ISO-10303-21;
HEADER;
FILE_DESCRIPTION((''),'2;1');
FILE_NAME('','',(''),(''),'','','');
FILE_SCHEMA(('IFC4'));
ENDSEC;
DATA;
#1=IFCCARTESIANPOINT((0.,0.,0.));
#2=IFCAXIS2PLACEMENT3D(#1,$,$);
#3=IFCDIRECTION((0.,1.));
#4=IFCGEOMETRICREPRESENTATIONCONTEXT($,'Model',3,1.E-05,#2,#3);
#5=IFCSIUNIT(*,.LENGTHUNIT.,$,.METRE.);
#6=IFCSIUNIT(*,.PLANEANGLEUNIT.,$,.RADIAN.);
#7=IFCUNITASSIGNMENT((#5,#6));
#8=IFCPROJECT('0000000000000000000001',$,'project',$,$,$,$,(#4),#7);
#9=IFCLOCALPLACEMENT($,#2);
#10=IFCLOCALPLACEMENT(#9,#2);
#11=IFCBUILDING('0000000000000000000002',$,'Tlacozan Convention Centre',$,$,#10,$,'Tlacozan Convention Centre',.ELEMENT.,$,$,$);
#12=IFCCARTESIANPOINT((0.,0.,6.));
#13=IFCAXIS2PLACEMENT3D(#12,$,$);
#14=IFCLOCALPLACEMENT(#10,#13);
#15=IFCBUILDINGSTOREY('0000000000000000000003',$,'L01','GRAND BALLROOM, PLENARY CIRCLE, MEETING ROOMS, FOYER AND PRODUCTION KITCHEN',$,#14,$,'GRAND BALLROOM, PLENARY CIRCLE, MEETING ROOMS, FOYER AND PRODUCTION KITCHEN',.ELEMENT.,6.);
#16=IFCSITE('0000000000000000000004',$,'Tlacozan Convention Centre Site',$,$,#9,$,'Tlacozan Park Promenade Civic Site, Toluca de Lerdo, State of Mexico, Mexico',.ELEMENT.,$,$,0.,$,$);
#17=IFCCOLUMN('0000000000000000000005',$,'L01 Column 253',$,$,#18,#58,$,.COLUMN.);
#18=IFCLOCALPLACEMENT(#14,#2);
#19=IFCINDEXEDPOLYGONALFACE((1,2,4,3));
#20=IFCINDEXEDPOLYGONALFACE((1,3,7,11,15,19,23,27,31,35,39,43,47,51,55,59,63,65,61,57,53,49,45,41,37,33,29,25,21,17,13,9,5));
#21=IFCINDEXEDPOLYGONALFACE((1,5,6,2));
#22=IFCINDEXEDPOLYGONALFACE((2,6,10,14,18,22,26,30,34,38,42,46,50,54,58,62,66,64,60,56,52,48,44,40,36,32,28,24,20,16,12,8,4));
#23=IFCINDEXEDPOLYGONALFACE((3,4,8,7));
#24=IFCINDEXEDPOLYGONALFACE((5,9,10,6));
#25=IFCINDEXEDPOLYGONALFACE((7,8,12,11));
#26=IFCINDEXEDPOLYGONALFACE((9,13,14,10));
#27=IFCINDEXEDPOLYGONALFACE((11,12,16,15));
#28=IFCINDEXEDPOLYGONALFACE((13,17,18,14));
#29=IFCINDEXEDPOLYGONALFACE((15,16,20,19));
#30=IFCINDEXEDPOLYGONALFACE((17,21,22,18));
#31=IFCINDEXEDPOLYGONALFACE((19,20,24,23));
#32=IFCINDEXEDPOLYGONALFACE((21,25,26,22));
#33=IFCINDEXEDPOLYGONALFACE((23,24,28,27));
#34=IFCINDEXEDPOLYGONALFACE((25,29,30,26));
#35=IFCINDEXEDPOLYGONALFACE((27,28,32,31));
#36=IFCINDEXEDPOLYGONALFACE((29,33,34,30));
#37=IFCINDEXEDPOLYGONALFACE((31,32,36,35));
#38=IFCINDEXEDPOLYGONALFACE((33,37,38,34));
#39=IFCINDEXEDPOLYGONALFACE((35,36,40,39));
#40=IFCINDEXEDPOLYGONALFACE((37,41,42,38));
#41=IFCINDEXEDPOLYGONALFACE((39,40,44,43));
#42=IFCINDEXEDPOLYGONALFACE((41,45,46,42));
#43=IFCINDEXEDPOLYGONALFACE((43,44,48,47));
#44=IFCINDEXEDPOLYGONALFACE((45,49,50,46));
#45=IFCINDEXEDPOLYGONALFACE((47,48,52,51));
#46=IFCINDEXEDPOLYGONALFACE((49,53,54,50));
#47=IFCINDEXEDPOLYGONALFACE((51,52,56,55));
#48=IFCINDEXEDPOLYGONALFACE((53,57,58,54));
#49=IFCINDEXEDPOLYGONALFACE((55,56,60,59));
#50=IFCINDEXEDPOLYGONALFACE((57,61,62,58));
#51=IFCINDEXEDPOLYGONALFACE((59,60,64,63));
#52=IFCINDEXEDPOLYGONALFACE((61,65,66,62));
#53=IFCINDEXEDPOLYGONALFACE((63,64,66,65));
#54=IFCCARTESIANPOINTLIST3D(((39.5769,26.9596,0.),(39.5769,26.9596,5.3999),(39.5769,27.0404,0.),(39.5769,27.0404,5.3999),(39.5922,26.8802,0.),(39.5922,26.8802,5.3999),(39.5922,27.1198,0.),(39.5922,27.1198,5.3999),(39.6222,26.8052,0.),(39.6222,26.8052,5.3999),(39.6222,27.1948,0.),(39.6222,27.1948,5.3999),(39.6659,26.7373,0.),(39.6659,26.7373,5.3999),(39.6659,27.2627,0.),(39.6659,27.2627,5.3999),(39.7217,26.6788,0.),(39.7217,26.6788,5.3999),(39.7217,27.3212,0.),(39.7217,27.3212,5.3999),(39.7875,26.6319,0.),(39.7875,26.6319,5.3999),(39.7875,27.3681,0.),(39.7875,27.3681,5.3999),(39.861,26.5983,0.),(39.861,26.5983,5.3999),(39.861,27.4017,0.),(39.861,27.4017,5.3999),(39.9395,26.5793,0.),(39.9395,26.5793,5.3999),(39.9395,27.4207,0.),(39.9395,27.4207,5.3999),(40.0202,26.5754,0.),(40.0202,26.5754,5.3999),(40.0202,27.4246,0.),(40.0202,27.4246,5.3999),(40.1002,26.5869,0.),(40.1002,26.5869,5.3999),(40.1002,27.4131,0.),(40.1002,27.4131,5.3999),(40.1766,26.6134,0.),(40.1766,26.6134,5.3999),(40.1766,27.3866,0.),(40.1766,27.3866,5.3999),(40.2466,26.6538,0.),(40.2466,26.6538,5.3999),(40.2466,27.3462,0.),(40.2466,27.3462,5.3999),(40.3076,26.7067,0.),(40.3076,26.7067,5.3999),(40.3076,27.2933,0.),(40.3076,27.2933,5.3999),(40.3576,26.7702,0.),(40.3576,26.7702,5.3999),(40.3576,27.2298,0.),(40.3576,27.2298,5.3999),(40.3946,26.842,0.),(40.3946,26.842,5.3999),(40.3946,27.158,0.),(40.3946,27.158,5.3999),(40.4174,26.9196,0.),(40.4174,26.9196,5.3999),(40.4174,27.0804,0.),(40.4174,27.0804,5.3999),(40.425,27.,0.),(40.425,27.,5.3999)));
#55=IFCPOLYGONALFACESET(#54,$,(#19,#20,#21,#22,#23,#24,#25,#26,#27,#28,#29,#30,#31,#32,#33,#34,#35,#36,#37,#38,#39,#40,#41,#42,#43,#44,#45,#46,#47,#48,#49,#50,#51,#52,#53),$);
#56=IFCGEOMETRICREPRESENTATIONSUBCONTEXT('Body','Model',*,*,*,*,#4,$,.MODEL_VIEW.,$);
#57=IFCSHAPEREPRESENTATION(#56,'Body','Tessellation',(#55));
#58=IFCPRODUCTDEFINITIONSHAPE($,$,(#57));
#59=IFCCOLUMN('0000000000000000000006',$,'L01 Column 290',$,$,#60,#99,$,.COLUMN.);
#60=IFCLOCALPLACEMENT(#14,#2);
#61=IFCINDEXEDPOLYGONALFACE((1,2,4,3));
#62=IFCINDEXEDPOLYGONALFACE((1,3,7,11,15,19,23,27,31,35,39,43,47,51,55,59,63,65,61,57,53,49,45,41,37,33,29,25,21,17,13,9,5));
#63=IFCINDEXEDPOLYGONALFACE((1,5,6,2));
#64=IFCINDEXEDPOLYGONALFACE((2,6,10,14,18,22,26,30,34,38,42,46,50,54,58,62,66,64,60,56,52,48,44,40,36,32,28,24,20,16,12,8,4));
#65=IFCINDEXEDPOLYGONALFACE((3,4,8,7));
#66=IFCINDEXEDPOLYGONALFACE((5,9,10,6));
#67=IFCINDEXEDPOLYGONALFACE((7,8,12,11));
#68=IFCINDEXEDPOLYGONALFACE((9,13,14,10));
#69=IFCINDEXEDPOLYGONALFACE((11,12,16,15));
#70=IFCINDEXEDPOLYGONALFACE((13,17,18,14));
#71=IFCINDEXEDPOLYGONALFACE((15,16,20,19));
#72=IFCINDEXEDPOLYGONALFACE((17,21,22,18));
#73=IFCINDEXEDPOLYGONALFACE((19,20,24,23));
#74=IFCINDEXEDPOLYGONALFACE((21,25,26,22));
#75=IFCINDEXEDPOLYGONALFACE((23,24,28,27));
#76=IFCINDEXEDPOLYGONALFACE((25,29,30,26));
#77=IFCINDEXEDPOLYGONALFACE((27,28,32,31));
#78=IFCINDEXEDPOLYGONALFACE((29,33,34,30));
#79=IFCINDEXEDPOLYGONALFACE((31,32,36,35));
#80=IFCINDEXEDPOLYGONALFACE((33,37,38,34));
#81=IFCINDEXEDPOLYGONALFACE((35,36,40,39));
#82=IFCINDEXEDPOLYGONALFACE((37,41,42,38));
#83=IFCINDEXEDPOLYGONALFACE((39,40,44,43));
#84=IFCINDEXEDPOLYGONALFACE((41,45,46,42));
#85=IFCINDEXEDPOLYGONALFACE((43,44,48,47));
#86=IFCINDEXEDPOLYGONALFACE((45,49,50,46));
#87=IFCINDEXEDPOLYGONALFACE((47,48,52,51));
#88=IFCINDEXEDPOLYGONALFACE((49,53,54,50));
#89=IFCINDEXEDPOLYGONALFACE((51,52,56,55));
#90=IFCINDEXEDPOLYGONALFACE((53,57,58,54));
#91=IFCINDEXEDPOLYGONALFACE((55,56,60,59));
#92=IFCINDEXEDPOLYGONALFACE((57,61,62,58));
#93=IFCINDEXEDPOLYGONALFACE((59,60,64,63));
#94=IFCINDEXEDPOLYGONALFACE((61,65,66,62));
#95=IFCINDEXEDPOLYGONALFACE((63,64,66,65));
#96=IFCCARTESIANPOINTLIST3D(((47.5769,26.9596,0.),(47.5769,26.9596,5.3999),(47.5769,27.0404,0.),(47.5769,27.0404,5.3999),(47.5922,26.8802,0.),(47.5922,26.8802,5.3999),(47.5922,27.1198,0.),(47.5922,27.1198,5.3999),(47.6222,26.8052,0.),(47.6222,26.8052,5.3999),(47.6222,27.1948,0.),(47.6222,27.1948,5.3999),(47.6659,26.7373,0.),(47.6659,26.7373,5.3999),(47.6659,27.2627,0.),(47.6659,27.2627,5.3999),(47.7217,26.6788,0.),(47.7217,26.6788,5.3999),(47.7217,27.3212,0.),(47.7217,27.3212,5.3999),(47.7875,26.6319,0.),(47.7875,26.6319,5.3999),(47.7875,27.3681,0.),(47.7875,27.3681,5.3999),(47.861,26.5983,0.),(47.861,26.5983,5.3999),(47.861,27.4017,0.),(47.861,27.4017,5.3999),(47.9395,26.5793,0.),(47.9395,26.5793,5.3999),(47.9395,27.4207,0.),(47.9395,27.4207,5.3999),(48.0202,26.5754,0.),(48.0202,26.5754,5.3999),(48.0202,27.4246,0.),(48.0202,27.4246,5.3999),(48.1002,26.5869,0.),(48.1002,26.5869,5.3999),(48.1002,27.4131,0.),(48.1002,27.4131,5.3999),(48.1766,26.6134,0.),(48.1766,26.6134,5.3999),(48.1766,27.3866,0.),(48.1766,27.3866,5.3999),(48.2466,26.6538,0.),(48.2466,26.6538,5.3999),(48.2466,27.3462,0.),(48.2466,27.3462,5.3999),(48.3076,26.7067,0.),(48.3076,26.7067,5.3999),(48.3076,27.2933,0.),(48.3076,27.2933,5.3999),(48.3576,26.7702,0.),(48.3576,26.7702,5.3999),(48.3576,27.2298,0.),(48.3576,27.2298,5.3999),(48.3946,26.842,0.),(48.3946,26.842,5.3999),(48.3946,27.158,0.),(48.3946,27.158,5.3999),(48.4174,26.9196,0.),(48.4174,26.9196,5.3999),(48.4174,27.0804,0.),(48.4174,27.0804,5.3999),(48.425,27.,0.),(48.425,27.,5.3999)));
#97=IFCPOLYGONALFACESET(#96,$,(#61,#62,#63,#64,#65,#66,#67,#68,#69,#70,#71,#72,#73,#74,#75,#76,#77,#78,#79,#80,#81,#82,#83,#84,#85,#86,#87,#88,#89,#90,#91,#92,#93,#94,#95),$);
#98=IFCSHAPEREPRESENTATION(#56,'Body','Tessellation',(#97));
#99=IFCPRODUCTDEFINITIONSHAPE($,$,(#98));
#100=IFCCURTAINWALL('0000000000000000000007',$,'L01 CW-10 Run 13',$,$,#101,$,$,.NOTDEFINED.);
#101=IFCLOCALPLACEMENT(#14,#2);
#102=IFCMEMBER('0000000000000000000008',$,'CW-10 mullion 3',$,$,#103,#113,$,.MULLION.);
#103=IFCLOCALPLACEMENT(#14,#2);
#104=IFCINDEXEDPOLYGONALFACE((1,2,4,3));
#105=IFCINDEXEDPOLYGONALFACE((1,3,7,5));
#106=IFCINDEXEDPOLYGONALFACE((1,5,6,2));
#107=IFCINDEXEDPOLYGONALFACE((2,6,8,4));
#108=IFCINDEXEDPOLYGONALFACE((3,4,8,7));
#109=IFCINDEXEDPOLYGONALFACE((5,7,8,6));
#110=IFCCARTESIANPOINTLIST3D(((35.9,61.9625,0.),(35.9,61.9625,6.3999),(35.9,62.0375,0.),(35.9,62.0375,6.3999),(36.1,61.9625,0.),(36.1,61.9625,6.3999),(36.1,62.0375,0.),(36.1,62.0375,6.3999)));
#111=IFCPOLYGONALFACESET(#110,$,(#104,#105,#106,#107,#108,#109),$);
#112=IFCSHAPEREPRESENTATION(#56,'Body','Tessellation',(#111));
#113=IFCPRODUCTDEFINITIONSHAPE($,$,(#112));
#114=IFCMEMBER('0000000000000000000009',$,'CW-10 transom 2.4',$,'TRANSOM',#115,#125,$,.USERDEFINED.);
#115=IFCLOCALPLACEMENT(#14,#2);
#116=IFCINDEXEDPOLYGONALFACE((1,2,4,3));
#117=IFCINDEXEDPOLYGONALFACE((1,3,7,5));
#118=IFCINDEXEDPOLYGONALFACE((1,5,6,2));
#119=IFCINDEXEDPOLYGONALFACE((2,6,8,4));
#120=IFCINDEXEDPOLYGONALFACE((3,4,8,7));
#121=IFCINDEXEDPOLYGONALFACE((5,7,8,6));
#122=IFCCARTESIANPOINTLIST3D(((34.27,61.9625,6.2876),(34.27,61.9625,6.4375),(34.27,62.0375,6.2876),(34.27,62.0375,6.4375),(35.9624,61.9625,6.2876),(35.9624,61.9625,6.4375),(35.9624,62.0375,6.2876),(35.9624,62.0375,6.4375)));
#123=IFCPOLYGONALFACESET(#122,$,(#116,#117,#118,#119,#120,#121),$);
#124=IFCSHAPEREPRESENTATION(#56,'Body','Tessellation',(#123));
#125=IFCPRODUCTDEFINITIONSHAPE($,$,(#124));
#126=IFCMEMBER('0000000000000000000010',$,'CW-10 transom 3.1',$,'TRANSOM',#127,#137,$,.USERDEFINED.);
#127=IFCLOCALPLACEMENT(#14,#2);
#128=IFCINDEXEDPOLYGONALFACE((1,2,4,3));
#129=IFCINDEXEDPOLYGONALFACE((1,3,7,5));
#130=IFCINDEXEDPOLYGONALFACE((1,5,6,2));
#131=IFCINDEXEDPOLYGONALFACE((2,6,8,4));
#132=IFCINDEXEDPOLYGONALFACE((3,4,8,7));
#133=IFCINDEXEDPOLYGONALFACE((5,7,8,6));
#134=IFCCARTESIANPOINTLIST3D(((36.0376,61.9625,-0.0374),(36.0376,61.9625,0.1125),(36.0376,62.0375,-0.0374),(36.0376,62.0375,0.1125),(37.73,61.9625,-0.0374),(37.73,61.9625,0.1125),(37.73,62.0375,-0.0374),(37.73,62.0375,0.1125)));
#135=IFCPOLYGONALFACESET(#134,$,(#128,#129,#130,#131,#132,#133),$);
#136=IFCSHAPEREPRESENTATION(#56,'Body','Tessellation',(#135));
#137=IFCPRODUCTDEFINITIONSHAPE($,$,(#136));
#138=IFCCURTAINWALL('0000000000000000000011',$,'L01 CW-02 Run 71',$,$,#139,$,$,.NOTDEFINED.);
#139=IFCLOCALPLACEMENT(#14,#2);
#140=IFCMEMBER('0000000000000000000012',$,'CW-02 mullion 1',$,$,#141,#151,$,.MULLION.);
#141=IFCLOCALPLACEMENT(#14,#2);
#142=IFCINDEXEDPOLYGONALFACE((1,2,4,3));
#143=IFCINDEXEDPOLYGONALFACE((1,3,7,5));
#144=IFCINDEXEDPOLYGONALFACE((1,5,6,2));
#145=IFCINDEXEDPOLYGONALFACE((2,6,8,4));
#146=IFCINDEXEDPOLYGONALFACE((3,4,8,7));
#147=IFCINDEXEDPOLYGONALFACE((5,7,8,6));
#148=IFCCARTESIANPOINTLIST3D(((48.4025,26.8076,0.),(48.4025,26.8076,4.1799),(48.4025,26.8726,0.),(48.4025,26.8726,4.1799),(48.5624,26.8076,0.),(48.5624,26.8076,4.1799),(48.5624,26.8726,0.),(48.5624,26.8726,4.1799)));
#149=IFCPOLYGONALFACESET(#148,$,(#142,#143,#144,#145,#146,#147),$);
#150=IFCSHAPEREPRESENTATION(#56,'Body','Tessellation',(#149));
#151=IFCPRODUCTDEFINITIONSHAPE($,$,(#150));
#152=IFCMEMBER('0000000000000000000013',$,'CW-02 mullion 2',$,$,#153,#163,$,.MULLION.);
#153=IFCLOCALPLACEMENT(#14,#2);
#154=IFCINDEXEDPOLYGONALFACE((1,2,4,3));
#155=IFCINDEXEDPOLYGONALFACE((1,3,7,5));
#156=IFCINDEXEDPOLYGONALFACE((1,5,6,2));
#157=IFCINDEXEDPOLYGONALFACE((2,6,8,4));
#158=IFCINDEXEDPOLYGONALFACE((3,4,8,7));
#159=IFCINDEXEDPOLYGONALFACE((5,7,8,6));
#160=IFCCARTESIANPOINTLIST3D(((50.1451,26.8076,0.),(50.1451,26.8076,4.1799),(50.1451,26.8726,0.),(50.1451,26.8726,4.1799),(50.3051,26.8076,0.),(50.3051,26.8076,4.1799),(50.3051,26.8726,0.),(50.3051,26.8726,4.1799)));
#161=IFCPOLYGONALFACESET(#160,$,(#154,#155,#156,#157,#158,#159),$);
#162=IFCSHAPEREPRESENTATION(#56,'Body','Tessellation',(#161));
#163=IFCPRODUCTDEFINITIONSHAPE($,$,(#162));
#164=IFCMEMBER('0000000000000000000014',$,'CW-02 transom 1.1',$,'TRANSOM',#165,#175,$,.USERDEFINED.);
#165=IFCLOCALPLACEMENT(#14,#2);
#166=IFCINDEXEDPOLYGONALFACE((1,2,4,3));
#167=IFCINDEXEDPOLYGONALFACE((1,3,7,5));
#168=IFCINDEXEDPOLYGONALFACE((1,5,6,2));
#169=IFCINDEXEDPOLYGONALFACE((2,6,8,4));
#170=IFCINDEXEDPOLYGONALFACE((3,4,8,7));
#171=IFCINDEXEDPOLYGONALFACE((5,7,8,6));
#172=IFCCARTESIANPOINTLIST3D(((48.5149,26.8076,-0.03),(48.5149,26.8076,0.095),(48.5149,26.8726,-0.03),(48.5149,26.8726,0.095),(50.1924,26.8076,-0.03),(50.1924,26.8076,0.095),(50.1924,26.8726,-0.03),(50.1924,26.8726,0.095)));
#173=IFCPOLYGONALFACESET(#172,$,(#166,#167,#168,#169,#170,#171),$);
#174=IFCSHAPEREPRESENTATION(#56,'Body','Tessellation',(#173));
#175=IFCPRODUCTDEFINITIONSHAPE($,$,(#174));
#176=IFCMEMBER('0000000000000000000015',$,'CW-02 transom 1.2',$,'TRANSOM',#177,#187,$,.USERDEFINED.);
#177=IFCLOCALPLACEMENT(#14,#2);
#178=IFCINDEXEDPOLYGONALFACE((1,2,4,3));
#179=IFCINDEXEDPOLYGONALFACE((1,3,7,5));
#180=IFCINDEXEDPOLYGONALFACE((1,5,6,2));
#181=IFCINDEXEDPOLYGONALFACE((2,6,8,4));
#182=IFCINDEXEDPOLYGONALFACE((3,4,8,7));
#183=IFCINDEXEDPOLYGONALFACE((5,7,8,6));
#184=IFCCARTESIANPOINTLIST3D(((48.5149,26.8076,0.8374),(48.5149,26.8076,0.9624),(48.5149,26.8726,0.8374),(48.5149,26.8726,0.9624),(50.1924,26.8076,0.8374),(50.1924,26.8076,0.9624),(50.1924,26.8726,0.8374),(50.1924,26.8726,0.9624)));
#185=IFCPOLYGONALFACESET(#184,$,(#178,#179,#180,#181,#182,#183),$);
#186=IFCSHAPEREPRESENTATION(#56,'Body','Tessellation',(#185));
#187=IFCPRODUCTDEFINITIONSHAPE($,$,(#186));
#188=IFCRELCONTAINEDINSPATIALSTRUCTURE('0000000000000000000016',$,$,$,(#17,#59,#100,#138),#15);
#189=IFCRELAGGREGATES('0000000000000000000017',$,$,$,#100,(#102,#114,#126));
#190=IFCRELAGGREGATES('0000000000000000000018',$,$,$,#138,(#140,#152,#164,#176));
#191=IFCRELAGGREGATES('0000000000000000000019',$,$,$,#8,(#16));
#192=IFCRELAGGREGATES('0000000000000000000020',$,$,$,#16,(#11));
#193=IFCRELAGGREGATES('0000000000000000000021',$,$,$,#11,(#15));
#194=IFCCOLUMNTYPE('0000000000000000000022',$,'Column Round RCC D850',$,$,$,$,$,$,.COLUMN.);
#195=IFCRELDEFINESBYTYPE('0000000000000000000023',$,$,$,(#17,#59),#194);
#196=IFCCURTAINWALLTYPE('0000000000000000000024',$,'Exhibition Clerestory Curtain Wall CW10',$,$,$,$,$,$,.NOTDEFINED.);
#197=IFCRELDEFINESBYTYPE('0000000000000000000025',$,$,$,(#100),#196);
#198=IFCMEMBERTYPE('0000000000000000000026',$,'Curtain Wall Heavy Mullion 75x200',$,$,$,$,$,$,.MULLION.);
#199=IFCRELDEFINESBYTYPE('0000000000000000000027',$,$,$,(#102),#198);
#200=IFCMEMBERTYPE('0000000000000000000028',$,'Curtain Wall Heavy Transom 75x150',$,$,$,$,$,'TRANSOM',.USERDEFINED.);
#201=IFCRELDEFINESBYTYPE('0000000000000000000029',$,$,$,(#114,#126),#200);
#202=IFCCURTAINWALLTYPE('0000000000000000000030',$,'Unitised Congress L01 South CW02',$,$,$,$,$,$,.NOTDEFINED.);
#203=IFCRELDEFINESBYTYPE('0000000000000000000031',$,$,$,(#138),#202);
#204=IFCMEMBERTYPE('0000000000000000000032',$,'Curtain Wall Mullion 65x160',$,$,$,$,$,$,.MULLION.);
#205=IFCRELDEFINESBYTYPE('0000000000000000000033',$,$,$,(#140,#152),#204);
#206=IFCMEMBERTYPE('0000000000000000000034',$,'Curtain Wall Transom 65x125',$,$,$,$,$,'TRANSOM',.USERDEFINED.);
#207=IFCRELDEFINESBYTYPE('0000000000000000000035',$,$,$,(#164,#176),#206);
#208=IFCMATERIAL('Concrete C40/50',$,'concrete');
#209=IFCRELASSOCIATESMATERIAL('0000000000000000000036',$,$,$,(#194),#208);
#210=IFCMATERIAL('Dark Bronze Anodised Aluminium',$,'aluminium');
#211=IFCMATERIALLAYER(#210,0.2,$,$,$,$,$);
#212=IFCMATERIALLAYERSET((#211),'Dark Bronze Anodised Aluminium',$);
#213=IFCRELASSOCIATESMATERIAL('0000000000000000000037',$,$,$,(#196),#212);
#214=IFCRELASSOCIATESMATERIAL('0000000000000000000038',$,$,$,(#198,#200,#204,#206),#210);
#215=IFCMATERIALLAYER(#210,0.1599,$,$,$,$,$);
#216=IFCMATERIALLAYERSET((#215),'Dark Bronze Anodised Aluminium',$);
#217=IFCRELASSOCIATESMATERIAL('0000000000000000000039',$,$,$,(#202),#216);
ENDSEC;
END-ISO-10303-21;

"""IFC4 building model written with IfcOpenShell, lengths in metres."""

from ifc_helpers import new_model, si_unit, direction, frame, origin, origin_2d, place, context, subcontext, project, spatial, rectangle, circle, extrude, material, layer, layer_set, material_profile, profile_set, type_object, element, aggregate, save


model = new_model("IFC4")

# Units and contexts
model_context = context("Model", 3, precision=1e-05, world=origin(), true_north=direction((0.0, 1.0)))
body_context = subcontext(model_context, "Body", "Model", "MODEL_VIEW")
ifc_project = project(units=[si_unit("LENGTHUNIT", "METRE"), si_unit("PLANEANGLEUNIT", "RADIAN")], contexts=[model_context])

# Site, building, storey
site_placement = place(None, origin())
site = spatial("IfcSite", under=ifc_project, at=site_placement, Name="Tlacozan Convention Centre Site", LongName="Tlacozan Park Promenade Civic Site, Toluca de Lerdo, State of Mexico, Mexico", CompositionType="ELEMENT", RefElevation=0.0)
building_placement = place(site_placement, origin())
building = spatial("IfcBuilding", under=site, at=building_placement, Name="Tlacozan Convention Centre", LongName="Tlacozan Convention Centre", CompositionType="ELEMENT")
storey_placement = place(building_placement, frame((0.0, 0.0, 6.0)))
storey = spatial("IfcBuildingStorey", under=building, at=storey_placement, Name="L01", Description="GRAND BALLROOM, PLENARY CIRCLE, MEETING ROOMS, FOYER AND PRODUCTION KITCHEN", LongName="GRAND BALLROOM, PLENARY CIRCLE, MEETING ROOMS, FOYER AND PRODUCTION KITCHEN", CompositionType="ELEMENT", Elevation=6.0)

# Columns
ifc_material_1 = material(Name="Concrete C40/50", Category="concrete")
ifc_material_profile_1 = material_profile(ifc_material_1, circle(Radius=0.425, at=origin_2d()), Name="RCC D850")
ifc_profile_set_1 = profile_set([ifc_material_profile_1], Name="Concrete C40/50")
column_type = type_object("IfcColumnType", Name="Column Round RCC D850", PredefinedType="COLUMN", material=ifc_profile_set_1)
for number, where, z_axis, x_axis, name in (
    (1, (40.0, 27.0, 0.0), (0.0, 0.0, 1.0), (1.0, 0.0, 0.0), "L01 Column 253"),
    (2, (48.0, 27.0, 0.0), (0.0, 0.0, 1.0), (1.0, 0.0, 0.0), "L01 Column 290"),
):
    element("IfcColumn", number, at=place(storey_placement, frame(where, z_axis=z_axis, x_axis=x_axis)), inside=storey, type_object=column_type, Name=name, PredefinedType="COLUMN", context=body_context, shape_type="SweptSolid", body=[
        extrude(circle(Radius=0.425, at=origin_2d()), origin(), (0.0, 0.0, 1.0), 5.3999),
    ])

# Curtain walls, members
ifc_material_2 = material(Name="Dark Bronze Anodised Aluminium", Category="aluminium")
ifc_layer_1 = layer(ifc_material_2, 0.2)
ifc_layer_set_1 = layer_set([ifc_layer_1], Name="Dark Bronze Anodised Aluminium")
curtain_wall_type_1 = type_object("IfcCurtainWallType", Name="Exhibition Clerestory Curtain Wall CW10", PredefinedType="NOTDEFINED", material=ifc_layer_set_1)
curtain_wall_1_placement = place(storey_placement, origin())
curtain_wall_1 = element("IfcCurtainWall", 3, at=curtain_wall_1_placement, inside=storey, type_object=curtain_wall_type_1, Name="L01 CW-10 Run 13", PredefinedType="NOTDEFINED")
ifc_material_profile_2 = material_profile(ifc_material_2, rectangle(XDim=0.075, YDim=0.2, at=origin_2d()), Name="ALU 75x200")
ifc_profile_set_2 = profile_set([ifc_material_profile_2], Name="Dark Bronze Anodised Aluminium")
member_type_1 = type_object("IfcMemberType", Name="Curtain Wall Heavy Mullion 75x200", PredefinedType="MULLION", material=ifc_profile_set_2)
member_1_placement = place(storey_placement, frame((36.0, 62.0, 0.0), z_axis=(0.0, 0.0, 1.0), x_axis=(0.0, 1.0, 0.0)))
member_1 = element("IfcMember", 4, at=member_1_placement, type_object=member_type_1, Name="CW-10 mullion 3", PredefinedType="MULLION", context=body_context, shape_type="SweptSolid", body=[
    extrude(rectangle(XDim=0.075, YDim=0.2, at=origin_2d()), origin(), (0.0, 0.0, 1.0), 6.3999),
])
ifc_material_profile_3 = material_profile(ifc_material_2, rectangle(XDim=0.075, YDim=0.1499, at=origin_2d()), Name="ALU 75x150")
ifc_profile_set_3 = profile_set([ifc_material_profile_3], Name="Dark Bronze Anodised Aluminium")
member_type_2 = type_object("IfcMemberType", Name="Curtain Wall Heavy Transom 75x150", ElementType="TRANSOM", PredefinedType="USERDEFINED", material=ifc_profile_set_3)
member_2_placement = place(storey_placement, frame((34.27, 62.0, 6.3625), z_axis=(1.0, 0.0, 0.0), x_axis=(0.0, 1.0, 0.0)))
member_2 = element("IfcMember", 5, at=member_2_placement, type_object=member_type_2, Name="CW-10 transom 2.4", ObjectType="TRANSOM", PredefinedType="USERDEFINED", context=body_context, shape_type="SweptSolid", body=[
    extrude(rectangle(XDim=0.075, YDim=0.1499, at=origin_2d()), origin(), (0.0, 0.0, 1.0), 1.6924),
])
member_3_placement = place(storey_placement, frame((36.0376, 62.0, 0.0376), z_axis=(1.0, 0.0, 0.0), x_axis=(0.0, 1.0, 0.0)))
member_3 = element("IfcMember", 6, at=member_3_placement, type_object=member_type_2, Name="CW-10 transom 3.1", ObjectType="TRANSOM", PredefinedType="USERDEFINED", context=body_context, shape_type="SweptSolid", body=[
    extrude(rectangle(XDim=0.075, YDim=0.1499, at=origin_2d()), origin(), (0.0, 0.0, 1.0), 1.6924),
])
ifc_layer_2 = layer(ifc_material_2, 0.1599)
ifc_layer_set_2 = layer_set([ifc_layer_2], Name="Dark Bronze Anodised Aluminium")
curtain_wall_type_2 = type_object("IfcCurtainWallType", Name="Unitised Congress L01 South CW02", PredefinedType="NOTDEFINED", material=ifc_layer_set_2)
curtain_wall_2_placement = place(storey_placement, origin())
curtain_wall_2 = element("IfcCurtainWall", 7, at=curtain_wall_2_placement, inside=storey, type_object=curtain_wall_type_2, Name="L01 CW-02 Run 71", PredefinedType="NOTDEFINED")
ifc_material_profile_4 = material_profile(ifc_material_2, rectangle(XDim=0.0649, YDim=0.1599, at=origin_2d()), Name="ALU 65x160")
ifc_profile_set_4 = profile_set([ifc_material_profile_4], Name="Dark Bronze Anodised Aluminium")
member_type_3 = type_object("IfcMemberType", Name="Curtain Wall Mullion 65x160", PredefinedType="MULLION", material=ifc_profile_set_4)
member_4_placement = place(storey_placement, frame((48.4824, 26.8401, 0.0), z_axis=(0.0, 0.0, 1.0), x_axis=(0.0, 1.0, 0.0)))
member_4 = element("IfcMember", 8, at=member_4_placement, type_object=member_type_3, Name="CW-02 mullion 1", PredefinedType="MULLION", context=body_context, shape_type="SweptSolid", body=[
    extrude(rectangle(XDim=0.0649, YDim=0.1599, at=origin_2d()), origin(), (0.0, 0.0, 1.0), 4.1799),
])
member_5_placement = place(storey_placement, frame((50.2251, 26.8401, 0.0), z_axis=(0.0, 0.0, 1.0), x_axis=(0.0, 1.0, 0.0)))
member_5 = element("IfcMember", 9, at=member_5_placement, type_object=member_type_3, Name="CW-02 mullion 2", PredefinedType="MULLION", context=body_context, shape_type="SweptSolid", body=[
    extrude(rectangle(XDim=0.0649, YDim=0.1599, at=origin_2d()), origin(), (0.0, 0.0, 1.0), 4.1799),
])
ifc_material_profile_5 = material_profile(ifc_material_2, rectangle(XDim=0.0649, YDim=0.125, at=origin_2d()), Name="ALU 65x125")
ifc_profile_set_5 = profile_set([ifc_material_profile_5], Name="Dark Bronze Anodised Aluminium")
member_type_4 = type_object("IfcMemberType", Name="Curtain Wall Transom 65x125", ElementType="TRANSOM", PredefinedType="USERDEFINED", material=ifc_profile_set_5)
member_6_placement = place(storey_placement, frame((48.5149, 26.8401, 0.0325), z_axis=(1.0, 0.0, 0.0), x_axis=(0.0, 1.0, 0.0)))
member_6 = element("IfcMember", 10, at=member_6_placement, type_object=member_type_4, Name="CW-02 transom 1.1", ObjectType="TRANSOM", PredefinedType="USERDEFINED", context=body_context, shape_type="SweptSolid", body=[
    extrude(rectangle(XDim=0.0649, YDim=0.125, at=origin_2d()), origin(), (0.0, 0.0, 1.0), 1.6775),
])
member_7_placement = place(storey_placement, frame((48.5149, 26.8401, 0.8999), z_axis=(1.0, 0.0, 0.0), x_axis=(0.0, 1.0, 0.0)))
member_7 = element("IfcMember", 11, at=member_7_placement, type_object=member_type_4, Name="CW-02 transom 1.2", ObjectType="TRANSOM", PredefinedType="USERDEFINED", context=body_context, shape_type="SweptSolid", body=[
    extrude(rectangle(XDim=0.0649, YDim=0.125, at=origin_2d()), origin(), (0.0, 0.0, 1.0), 1.6775),
])

aggregate(curtain_wall_1, [member_1, member_2, member_3])
aggregate(curtain_wall_2, [member_4, member_5, member_6, member_7])

save(model, "model.ifc")
